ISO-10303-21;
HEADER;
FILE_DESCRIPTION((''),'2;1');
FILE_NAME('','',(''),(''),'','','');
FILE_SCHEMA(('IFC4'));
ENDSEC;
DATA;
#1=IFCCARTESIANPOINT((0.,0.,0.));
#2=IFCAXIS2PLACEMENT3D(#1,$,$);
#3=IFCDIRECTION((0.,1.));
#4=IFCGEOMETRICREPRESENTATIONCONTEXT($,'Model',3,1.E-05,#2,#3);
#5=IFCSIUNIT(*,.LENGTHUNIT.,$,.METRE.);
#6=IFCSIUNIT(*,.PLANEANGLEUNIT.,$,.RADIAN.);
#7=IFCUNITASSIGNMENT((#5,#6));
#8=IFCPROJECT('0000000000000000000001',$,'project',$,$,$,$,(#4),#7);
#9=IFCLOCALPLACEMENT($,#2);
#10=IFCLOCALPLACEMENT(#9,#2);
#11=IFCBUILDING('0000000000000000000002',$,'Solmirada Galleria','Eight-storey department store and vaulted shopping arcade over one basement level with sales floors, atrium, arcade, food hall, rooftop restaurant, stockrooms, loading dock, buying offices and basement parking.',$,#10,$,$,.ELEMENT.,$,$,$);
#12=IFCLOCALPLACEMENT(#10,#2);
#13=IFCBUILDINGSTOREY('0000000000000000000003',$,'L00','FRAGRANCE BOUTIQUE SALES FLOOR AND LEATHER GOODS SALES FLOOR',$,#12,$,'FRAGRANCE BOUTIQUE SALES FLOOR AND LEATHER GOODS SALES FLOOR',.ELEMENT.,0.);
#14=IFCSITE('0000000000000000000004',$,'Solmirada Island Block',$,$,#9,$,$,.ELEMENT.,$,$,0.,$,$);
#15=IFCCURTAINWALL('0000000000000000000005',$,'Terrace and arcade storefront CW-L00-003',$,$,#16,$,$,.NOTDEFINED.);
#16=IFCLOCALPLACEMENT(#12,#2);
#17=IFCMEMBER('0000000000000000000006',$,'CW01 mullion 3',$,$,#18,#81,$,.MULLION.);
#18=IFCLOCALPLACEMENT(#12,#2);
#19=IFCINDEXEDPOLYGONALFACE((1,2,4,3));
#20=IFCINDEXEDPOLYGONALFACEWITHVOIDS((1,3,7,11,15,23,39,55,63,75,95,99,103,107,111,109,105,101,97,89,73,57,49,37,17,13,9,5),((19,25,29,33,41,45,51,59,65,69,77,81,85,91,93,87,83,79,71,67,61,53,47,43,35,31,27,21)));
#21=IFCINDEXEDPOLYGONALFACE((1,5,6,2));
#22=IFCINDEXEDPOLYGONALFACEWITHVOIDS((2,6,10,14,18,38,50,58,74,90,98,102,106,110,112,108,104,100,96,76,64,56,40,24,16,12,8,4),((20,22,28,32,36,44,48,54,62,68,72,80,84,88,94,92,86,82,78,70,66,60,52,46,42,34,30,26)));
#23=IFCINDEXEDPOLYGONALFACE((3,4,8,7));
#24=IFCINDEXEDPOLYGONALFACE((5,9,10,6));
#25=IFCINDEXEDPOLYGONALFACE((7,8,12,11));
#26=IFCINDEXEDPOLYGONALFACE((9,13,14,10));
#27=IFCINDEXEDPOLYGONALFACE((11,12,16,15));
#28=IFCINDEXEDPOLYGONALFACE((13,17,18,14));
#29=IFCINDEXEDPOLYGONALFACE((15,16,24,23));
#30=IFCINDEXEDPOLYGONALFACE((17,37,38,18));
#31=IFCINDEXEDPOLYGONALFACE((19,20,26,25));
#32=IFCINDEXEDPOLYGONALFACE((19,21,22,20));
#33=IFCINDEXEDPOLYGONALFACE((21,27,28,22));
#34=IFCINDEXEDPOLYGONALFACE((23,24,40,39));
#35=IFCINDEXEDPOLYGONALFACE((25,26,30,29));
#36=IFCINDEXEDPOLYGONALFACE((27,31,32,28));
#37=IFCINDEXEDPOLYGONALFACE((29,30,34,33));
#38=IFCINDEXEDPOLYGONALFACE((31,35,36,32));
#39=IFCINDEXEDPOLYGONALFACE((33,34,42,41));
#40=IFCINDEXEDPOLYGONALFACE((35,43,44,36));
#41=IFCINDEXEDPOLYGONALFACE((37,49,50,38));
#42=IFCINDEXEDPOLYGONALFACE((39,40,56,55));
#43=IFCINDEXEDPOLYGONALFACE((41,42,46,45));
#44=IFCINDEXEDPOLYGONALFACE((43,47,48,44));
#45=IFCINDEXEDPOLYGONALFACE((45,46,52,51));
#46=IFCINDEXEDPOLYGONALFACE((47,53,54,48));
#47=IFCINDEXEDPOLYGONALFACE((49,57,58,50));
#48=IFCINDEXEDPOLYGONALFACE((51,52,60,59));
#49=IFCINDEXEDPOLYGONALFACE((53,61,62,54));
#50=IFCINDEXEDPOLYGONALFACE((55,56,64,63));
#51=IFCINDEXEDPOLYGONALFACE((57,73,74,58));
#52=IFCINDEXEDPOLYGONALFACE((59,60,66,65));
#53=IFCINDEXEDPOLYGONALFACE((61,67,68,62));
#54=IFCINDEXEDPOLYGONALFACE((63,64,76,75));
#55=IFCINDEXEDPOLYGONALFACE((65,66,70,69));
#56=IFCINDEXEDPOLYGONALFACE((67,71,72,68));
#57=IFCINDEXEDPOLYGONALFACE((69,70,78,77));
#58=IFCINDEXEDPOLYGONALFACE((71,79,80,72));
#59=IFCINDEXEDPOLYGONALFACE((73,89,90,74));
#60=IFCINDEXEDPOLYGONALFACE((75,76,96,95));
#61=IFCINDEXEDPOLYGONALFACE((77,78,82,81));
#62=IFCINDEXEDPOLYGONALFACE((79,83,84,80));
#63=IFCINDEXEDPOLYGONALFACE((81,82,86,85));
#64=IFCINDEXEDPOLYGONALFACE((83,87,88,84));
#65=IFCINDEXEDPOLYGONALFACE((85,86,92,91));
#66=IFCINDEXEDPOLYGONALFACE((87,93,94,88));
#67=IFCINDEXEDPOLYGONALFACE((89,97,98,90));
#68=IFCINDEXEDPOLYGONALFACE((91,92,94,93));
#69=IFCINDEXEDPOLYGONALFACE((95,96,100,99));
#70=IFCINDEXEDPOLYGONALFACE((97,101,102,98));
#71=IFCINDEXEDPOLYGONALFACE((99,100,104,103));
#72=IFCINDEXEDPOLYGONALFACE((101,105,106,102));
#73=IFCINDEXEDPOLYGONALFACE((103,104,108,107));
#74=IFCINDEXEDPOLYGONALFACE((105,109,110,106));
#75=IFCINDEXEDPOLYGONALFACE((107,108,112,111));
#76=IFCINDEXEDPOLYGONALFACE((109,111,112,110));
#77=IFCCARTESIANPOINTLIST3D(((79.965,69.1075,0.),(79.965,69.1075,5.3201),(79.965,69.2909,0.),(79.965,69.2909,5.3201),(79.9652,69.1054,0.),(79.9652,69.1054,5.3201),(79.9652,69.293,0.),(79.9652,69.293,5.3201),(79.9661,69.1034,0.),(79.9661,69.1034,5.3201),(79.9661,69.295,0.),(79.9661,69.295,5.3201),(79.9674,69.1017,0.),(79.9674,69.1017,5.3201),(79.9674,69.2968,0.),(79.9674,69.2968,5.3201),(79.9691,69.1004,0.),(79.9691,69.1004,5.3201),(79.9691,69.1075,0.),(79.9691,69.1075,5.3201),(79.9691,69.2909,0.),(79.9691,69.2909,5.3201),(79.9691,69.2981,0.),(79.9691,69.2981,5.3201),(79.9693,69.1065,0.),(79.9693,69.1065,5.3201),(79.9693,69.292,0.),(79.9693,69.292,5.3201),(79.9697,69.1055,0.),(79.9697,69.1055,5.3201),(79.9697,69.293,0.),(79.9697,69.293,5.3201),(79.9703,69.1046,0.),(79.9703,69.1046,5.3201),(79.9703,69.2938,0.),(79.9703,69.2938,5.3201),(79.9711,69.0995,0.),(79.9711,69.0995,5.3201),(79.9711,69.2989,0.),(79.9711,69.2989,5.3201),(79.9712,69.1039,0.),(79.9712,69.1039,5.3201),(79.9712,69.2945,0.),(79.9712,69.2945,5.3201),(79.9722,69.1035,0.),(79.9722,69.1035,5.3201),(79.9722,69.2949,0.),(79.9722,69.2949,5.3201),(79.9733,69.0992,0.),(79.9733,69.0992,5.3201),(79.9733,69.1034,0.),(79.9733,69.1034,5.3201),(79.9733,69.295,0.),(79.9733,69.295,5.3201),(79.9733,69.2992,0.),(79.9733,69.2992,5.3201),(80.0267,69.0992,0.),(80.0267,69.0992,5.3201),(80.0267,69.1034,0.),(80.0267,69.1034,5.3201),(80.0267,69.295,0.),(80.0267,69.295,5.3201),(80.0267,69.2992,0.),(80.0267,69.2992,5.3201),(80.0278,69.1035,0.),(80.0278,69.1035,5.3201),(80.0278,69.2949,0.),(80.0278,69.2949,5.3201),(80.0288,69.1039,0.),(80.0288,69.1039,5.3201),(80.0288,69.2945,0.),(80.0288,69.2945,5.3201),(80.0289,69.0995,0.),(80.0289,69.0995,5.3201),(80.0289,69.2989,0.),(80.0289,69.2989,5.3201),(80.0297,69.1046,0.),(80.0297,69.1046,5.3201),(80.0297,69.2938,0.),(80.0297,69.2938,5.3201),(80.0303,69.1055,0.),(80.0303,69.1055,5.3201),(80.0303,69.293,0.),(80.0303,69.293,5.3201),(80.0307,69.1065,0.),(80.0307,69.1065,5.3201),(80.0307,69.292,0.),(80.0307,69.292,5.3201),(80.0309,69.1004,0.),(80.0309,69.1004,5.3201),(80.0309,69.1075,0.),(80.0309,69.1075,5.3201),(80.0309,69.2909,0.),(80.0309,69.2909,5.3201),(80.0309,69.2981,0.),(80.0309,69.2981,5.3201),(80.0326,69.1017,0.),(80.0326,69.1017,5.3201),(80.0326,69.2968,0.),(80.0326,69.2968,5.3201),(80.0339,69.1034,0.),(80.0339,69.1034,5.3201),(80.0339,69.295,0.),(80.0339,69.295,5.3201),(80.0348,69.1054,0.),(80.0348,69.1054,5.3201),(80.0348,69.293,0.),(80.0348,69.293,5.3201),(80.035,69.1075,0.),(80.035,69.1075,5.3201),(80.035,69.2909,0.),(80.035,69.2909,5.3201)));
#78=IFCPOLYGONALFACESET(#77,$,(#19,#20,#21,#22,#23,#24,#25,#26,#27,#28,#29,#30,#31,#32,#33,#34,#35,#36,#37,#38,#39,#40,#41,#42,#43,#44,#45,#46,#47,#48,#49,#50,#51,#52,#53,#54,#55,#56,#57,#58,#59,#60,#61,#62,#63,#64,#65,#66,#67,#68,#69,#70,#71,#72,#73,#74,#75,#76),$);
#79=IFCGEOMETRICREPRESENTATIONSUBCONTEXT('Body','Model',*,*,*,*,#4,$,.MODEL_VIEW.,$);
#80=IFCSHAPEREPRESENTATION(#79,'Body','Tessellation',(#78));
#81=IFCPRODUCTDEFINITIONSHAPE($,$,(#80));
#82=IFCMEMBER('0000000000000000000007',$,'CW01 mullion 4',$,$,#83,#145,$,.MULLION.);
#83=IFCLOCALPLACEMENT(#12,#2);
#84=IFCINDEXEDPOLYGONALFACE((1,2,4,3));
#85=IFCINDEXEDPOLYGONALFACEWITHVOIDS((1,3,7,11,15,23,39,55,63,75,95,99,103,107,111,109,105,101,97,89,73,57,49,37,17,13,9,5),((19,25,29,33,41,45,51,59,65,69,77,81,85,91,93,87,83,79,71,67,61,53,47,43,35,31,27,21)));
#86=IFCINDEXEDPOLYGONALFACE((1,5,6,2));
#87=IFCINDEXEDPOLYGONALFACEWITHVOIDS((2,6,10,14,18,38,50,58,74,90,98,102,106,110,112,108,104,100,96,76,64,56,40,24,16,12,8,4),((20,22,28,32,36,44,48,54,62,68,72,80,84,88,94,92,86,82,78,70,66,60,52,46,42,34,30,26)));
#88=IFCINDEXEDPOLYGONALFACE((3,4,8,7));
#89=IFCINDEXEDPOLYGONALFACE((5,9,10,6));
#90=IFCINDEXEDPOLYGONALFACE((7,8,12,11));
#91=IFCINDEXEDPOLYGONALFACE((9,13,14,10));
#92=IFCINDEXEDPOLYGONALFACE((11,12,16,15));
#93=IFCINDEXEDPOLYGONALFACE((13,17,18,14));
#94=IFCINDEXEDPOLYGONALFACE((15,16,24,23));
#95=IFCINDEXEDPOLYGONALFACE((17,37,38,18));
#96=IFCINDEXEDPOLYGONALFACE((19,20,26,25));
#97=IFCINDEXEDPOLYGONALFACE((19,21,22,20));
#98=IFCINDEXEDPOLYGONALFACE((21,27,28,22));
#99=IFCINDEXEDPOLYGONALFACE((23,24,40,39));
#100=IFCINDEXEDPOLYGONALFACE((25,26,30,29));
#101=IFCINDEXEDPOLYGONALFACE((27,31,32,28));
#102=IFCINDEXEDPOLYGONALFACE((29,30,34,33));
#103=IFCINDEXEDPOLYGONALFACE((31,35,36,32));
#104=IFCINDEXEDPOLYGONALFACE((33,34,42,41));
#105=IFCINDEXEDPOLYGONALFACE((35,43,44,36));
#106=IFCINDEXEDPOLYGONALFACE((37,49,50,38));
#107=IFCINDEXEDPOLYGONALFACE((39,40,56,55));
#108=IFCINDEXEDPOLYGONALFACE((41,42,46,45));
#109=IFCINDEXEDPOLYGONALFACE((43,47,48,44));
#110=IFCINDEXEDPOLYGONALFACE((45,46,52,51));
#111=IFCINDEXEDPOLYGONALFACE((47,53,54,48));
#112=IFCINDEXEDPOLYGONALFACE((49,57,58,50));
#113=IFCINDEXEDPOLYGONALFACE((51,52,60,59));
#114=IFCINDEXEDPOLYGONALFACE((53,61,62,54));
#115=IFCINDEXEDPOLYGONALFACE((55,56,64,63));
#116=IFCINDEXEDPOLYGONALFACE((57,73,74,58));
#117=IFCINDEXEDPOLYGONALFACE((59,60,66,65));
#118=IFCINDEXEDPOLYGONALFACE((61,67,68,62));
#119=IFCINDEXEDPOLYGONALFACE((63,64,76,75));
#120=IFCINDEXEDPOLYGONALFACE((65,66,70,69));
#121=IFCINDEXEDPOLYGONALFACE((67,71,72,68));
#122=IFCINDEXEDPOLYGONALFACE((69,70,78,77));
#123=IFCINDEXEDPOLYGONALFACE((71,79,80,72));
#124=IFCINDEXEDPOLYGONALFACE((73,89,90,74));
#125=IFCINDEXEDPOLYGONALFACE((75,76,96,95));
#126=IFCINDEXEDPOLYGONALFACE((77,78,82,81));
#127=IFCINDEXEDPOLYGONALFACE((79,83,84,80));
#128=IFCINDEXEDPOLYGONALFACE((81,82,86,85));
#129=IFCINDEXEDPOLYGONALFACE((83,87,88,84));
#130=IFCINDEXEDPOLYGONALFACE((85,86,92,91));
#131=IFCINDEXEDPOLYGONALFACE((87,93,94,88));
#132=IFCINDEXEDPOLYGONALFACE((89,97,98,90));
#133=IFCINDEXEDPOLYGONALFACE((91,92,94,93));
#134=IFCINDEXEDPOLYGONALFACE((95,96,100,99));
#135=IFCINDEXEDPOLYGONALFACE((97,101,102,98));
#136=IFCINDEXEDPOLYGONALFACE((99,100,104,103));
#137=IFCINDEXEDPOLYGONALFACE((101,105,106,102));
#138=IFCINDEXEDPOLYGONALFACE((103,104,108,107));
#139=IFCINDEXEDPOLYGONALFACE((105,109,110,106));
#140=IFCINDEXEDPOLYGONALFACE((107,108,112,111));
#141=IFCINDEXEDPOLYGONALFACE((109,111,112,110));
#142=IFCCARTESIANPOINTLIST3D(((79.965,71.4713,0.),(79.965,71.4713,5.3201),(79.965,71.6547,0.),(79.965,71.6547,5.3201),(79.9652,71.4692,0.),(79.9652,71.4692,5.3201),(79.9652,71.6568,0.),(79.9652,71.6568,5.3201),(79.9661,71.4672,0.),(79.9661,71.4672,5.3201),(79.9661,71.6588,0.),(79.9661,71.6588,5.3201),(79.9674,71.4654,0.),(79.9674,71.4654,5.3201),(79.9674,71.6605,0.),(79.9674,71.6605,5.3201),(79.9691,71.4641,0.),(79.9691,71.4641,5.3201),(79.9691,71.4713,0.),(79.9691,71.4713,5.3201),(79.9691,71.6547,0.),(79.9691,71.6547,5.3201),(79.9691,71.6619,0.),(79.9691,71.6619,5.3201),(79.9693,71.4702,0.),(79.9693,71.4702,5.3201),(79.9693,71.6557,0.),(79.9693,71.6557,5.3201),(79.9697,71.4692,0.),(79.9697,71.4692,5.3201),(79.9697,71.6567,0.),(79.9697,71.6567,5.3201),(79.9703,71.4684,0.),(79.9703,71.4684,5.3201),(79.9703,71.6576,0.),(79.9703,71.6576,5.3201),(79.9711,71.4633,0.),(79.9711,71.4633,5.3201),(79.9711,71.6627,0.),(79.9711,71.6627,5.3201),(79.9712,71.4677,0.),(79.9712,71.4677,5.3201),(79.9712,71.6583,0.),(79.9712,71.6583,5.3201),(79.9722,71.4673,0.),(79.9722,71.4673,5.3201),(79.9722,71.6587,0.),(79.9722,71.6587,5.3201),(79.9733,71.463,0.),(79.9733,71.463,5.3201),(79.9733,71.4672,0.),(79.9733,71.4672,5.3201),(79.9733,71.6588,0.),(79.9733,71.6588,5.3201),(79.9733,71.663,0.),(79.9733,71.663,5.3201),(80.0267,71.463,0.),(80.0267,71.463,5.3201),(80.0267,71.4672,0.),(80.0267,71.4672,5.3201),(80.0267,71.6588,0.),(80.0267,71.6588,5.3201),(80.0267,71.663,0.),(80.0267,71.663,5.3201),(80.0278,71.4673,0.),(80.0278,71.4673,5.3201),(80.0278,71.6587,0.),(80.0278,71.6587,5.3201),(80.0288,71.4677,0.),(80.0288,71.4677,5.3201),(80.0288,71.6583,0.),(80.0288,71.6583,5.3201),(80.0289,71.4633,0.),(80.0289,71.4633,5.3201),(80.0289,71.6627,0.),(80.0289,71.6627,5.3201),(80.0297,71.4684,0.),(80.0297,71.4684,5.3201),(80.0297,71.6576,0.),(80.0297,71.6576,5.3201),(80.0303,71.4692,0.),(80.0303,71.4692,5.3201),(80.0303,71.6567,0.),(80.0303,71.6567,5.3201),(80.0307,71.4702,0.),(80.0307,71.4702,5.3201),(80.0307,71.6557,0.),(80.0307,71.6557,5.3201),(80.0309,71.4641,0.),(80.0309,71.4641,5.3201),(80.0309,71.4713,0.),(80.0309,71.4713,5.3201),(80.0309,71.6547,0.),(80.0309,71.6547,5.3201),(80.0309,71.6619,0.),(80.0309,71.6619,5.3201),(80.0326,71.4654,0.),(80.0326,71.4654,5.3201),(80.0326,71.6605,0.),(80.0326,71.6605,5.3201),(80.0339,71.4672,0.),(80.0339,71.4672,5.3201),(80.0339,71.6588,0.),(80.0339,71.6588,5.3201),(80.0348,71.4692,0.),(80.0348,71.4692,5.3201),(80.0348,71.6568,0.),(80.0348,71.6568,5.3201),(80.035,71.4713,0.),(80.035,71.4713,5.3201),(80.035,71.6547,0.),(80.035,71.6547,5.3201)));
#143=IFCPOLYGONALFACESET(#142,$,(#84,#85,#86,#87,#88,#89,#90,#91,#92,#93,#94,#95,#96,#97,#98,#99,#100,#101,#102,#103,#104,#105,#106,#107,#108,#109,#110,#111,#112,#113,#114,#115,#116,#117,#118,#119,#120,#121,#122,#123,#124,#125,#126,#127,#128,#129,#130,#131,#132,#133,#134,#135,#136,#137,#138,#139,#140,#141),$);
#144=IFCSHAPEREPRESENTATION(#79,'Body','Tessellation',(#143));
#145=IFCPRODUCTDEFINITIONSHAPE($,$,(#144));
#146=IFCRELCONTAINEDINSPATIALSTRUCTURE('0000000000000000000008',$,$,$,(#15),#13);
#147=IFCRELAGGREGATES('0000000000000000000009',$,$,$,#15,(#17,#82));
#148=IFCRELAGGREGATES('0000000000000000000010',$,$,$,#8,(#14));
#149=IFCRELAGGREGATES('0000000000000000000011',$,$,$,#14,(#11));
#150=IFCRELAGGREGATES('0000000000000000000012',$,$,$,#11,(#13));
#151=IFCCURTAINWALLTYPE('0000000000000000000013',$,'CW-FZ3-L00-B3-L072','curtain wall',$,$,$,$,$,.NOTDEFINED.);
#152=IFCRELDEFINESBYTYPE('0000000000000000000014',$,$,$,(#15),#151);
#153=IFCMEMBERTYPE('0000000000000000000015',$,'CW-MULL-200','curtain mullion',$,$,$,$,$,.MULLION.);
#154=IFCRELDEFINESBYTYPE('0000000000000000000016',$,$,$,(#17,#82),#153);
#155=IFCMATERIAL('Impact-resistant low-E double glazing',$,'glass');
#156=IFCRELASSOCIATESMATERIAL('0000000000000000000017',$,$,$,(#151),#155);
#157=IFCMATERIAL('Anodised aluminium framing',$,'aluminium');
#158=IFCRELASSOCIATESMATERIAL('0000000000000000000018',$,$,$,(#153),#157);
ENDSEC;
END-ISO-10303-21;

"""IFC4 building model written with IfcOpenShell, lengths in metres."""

from ifc_helpers import new_model, si_unit, direction, frame, origin, origin_2d, place, context, subcontext, project, spatial, hollow_rectangle, extrude, material, material_profile, profile_set, type_object, element, aggregate, save


model = new_model("IFC4")

# Units and contexts
model_context = context("Model", 3, precision=1e-05, world=origin(), true_north=direction((0.0, 1.0)))
body_context = subcontext(model_context, "Body", "Model", "MODEL_VIEW")
ifc_project = project(units=[si_unit("LENGTHUNIT", "METRE"), si_unit("PLANEANGLEUNIT", "RADIAN")], contexts=[model_context])

# Site, building, storey
site_placement = place(None, origin())
site = spatial("IfcSite", under=ifc_project, at=site_placement, Name="Solmirada Island Block", CompositionType="ELEMENT", RefElevation=0.0)
building_placement = place(site_placement, origin())
building = spatial("IfcBuilding", under=site, at=building_placement, Name="Solmirada Galleria", Description="Eight-storey department store and vaulted shopping arcade over one basement level with sales floors, atrium, arcade, food hall, rooftop restaurant, stockrooms, loading dock, buying offices and basement parking.", CompositionType="ELEMENT")
storey_placement = place(building_placement, origin())
storey = spatial("IfcBuildingStorey", under=building, at=storey_placement, Name="L00", Description="FRAGRANCE BOUTIQUE SALES FLOOR AND LEATHER GOODS SALES FLOOR", LongName="FRAGRANCE BOUTIQUE SALES FLOOR AND LEATHER GOODS SALES FLOOR", CompositionType="ELEMENT", Elevation=0.0)

# Curtain wall, members
ifc_material_1 = material(Name="Impact-resistant low-E double glazing", Category="glass")
curtain_wall_type = type_object("IfcCurtainWallType", Name="CW-FZ3-L00-B3-L072", Description="curtain wall", PredefinedType="NOTDEFINED", material=ifc_material_1)
curtain_wall_placement = place(storey_placement, origin())
curtain_wall = element("IfcCurtainWall", 1, at=curtain_wall_placement, inside=storey, type_object=curtain_wall_type, Name="Terrace and arcade storefront CW-L00-003", PredefinedType="NOTDEFINED")
ifc_material_2 = material(Name="Anodised aluminium framing", Category="aluminium")
ifc_material_profile_1 = material_profile(ifc_material_2, hollow_rectangle(XDim=0.0701, YDim=0.2, WallThickness=0.0042, InnerFilletRadius=0.0042, OuterFilletRadius=0.0083, at=origin_2d()), Name="ALU-MULL-200X70")
ifc_profile_set_1 = profile_set([ifc_material_profile_1], Name="Anodised aluminium framing")
member_type_1 = type_object("IfcMemberType", Name="CW-MULL-200", Description="curtain mullion", PredefinedType="MULLION", material=ifc_profile_set_1)
member_1_placement = place(storey_placement, frame((80.0, 69.1992, 0.0), z_axis=(0.0, 0.0, 1.0), x_axis=(-1.0, 0.0, 0.0)))
member_1 = element("IfcMember", 2, at=member_1_placement, type_object=member_type_1, Name="CW01 mullion 3", PredefinedType="MULLION", context=body_context, shape_type="SweptSolid", body=[
    extrude(hollow_rectangle(XDim=0.0701, YDim=0.2, WallThickness=0.0042, InnerFilletRadius=0.0042, OuterFilletRadius=0.0083, at=origin_2d()), origin(), (0.0, 0.0, 1.0), 5.3201),
])
member_2_placement = place(storey_placement, frame((80.0, 71.563, 0.0), z_axis=(0.0, 0.0, 1.0), x_axis=(-1.0, 0.0, 0.0)))
member_2 = element("IfcMember", 3, at=member_2_placement, type_object=member_type_1, Name="CW01 mullion 4", PredefinedType="MULLION", context=body_context, shape_type="SweptSolid", body=[
    extrude(hollow_rectangle(XDim=0.0701, YDim=0.2, WallThickness=0.0042, InnerFilletRadius=0.0042, OuterFilletRadius=0.0083, at=origin_2d()), origin(), (0.0, 0.0, 1.0), 5.3201),
])
aggregate(curtain_wall, [member_1, member_2])

save(model, "model.ifc")
